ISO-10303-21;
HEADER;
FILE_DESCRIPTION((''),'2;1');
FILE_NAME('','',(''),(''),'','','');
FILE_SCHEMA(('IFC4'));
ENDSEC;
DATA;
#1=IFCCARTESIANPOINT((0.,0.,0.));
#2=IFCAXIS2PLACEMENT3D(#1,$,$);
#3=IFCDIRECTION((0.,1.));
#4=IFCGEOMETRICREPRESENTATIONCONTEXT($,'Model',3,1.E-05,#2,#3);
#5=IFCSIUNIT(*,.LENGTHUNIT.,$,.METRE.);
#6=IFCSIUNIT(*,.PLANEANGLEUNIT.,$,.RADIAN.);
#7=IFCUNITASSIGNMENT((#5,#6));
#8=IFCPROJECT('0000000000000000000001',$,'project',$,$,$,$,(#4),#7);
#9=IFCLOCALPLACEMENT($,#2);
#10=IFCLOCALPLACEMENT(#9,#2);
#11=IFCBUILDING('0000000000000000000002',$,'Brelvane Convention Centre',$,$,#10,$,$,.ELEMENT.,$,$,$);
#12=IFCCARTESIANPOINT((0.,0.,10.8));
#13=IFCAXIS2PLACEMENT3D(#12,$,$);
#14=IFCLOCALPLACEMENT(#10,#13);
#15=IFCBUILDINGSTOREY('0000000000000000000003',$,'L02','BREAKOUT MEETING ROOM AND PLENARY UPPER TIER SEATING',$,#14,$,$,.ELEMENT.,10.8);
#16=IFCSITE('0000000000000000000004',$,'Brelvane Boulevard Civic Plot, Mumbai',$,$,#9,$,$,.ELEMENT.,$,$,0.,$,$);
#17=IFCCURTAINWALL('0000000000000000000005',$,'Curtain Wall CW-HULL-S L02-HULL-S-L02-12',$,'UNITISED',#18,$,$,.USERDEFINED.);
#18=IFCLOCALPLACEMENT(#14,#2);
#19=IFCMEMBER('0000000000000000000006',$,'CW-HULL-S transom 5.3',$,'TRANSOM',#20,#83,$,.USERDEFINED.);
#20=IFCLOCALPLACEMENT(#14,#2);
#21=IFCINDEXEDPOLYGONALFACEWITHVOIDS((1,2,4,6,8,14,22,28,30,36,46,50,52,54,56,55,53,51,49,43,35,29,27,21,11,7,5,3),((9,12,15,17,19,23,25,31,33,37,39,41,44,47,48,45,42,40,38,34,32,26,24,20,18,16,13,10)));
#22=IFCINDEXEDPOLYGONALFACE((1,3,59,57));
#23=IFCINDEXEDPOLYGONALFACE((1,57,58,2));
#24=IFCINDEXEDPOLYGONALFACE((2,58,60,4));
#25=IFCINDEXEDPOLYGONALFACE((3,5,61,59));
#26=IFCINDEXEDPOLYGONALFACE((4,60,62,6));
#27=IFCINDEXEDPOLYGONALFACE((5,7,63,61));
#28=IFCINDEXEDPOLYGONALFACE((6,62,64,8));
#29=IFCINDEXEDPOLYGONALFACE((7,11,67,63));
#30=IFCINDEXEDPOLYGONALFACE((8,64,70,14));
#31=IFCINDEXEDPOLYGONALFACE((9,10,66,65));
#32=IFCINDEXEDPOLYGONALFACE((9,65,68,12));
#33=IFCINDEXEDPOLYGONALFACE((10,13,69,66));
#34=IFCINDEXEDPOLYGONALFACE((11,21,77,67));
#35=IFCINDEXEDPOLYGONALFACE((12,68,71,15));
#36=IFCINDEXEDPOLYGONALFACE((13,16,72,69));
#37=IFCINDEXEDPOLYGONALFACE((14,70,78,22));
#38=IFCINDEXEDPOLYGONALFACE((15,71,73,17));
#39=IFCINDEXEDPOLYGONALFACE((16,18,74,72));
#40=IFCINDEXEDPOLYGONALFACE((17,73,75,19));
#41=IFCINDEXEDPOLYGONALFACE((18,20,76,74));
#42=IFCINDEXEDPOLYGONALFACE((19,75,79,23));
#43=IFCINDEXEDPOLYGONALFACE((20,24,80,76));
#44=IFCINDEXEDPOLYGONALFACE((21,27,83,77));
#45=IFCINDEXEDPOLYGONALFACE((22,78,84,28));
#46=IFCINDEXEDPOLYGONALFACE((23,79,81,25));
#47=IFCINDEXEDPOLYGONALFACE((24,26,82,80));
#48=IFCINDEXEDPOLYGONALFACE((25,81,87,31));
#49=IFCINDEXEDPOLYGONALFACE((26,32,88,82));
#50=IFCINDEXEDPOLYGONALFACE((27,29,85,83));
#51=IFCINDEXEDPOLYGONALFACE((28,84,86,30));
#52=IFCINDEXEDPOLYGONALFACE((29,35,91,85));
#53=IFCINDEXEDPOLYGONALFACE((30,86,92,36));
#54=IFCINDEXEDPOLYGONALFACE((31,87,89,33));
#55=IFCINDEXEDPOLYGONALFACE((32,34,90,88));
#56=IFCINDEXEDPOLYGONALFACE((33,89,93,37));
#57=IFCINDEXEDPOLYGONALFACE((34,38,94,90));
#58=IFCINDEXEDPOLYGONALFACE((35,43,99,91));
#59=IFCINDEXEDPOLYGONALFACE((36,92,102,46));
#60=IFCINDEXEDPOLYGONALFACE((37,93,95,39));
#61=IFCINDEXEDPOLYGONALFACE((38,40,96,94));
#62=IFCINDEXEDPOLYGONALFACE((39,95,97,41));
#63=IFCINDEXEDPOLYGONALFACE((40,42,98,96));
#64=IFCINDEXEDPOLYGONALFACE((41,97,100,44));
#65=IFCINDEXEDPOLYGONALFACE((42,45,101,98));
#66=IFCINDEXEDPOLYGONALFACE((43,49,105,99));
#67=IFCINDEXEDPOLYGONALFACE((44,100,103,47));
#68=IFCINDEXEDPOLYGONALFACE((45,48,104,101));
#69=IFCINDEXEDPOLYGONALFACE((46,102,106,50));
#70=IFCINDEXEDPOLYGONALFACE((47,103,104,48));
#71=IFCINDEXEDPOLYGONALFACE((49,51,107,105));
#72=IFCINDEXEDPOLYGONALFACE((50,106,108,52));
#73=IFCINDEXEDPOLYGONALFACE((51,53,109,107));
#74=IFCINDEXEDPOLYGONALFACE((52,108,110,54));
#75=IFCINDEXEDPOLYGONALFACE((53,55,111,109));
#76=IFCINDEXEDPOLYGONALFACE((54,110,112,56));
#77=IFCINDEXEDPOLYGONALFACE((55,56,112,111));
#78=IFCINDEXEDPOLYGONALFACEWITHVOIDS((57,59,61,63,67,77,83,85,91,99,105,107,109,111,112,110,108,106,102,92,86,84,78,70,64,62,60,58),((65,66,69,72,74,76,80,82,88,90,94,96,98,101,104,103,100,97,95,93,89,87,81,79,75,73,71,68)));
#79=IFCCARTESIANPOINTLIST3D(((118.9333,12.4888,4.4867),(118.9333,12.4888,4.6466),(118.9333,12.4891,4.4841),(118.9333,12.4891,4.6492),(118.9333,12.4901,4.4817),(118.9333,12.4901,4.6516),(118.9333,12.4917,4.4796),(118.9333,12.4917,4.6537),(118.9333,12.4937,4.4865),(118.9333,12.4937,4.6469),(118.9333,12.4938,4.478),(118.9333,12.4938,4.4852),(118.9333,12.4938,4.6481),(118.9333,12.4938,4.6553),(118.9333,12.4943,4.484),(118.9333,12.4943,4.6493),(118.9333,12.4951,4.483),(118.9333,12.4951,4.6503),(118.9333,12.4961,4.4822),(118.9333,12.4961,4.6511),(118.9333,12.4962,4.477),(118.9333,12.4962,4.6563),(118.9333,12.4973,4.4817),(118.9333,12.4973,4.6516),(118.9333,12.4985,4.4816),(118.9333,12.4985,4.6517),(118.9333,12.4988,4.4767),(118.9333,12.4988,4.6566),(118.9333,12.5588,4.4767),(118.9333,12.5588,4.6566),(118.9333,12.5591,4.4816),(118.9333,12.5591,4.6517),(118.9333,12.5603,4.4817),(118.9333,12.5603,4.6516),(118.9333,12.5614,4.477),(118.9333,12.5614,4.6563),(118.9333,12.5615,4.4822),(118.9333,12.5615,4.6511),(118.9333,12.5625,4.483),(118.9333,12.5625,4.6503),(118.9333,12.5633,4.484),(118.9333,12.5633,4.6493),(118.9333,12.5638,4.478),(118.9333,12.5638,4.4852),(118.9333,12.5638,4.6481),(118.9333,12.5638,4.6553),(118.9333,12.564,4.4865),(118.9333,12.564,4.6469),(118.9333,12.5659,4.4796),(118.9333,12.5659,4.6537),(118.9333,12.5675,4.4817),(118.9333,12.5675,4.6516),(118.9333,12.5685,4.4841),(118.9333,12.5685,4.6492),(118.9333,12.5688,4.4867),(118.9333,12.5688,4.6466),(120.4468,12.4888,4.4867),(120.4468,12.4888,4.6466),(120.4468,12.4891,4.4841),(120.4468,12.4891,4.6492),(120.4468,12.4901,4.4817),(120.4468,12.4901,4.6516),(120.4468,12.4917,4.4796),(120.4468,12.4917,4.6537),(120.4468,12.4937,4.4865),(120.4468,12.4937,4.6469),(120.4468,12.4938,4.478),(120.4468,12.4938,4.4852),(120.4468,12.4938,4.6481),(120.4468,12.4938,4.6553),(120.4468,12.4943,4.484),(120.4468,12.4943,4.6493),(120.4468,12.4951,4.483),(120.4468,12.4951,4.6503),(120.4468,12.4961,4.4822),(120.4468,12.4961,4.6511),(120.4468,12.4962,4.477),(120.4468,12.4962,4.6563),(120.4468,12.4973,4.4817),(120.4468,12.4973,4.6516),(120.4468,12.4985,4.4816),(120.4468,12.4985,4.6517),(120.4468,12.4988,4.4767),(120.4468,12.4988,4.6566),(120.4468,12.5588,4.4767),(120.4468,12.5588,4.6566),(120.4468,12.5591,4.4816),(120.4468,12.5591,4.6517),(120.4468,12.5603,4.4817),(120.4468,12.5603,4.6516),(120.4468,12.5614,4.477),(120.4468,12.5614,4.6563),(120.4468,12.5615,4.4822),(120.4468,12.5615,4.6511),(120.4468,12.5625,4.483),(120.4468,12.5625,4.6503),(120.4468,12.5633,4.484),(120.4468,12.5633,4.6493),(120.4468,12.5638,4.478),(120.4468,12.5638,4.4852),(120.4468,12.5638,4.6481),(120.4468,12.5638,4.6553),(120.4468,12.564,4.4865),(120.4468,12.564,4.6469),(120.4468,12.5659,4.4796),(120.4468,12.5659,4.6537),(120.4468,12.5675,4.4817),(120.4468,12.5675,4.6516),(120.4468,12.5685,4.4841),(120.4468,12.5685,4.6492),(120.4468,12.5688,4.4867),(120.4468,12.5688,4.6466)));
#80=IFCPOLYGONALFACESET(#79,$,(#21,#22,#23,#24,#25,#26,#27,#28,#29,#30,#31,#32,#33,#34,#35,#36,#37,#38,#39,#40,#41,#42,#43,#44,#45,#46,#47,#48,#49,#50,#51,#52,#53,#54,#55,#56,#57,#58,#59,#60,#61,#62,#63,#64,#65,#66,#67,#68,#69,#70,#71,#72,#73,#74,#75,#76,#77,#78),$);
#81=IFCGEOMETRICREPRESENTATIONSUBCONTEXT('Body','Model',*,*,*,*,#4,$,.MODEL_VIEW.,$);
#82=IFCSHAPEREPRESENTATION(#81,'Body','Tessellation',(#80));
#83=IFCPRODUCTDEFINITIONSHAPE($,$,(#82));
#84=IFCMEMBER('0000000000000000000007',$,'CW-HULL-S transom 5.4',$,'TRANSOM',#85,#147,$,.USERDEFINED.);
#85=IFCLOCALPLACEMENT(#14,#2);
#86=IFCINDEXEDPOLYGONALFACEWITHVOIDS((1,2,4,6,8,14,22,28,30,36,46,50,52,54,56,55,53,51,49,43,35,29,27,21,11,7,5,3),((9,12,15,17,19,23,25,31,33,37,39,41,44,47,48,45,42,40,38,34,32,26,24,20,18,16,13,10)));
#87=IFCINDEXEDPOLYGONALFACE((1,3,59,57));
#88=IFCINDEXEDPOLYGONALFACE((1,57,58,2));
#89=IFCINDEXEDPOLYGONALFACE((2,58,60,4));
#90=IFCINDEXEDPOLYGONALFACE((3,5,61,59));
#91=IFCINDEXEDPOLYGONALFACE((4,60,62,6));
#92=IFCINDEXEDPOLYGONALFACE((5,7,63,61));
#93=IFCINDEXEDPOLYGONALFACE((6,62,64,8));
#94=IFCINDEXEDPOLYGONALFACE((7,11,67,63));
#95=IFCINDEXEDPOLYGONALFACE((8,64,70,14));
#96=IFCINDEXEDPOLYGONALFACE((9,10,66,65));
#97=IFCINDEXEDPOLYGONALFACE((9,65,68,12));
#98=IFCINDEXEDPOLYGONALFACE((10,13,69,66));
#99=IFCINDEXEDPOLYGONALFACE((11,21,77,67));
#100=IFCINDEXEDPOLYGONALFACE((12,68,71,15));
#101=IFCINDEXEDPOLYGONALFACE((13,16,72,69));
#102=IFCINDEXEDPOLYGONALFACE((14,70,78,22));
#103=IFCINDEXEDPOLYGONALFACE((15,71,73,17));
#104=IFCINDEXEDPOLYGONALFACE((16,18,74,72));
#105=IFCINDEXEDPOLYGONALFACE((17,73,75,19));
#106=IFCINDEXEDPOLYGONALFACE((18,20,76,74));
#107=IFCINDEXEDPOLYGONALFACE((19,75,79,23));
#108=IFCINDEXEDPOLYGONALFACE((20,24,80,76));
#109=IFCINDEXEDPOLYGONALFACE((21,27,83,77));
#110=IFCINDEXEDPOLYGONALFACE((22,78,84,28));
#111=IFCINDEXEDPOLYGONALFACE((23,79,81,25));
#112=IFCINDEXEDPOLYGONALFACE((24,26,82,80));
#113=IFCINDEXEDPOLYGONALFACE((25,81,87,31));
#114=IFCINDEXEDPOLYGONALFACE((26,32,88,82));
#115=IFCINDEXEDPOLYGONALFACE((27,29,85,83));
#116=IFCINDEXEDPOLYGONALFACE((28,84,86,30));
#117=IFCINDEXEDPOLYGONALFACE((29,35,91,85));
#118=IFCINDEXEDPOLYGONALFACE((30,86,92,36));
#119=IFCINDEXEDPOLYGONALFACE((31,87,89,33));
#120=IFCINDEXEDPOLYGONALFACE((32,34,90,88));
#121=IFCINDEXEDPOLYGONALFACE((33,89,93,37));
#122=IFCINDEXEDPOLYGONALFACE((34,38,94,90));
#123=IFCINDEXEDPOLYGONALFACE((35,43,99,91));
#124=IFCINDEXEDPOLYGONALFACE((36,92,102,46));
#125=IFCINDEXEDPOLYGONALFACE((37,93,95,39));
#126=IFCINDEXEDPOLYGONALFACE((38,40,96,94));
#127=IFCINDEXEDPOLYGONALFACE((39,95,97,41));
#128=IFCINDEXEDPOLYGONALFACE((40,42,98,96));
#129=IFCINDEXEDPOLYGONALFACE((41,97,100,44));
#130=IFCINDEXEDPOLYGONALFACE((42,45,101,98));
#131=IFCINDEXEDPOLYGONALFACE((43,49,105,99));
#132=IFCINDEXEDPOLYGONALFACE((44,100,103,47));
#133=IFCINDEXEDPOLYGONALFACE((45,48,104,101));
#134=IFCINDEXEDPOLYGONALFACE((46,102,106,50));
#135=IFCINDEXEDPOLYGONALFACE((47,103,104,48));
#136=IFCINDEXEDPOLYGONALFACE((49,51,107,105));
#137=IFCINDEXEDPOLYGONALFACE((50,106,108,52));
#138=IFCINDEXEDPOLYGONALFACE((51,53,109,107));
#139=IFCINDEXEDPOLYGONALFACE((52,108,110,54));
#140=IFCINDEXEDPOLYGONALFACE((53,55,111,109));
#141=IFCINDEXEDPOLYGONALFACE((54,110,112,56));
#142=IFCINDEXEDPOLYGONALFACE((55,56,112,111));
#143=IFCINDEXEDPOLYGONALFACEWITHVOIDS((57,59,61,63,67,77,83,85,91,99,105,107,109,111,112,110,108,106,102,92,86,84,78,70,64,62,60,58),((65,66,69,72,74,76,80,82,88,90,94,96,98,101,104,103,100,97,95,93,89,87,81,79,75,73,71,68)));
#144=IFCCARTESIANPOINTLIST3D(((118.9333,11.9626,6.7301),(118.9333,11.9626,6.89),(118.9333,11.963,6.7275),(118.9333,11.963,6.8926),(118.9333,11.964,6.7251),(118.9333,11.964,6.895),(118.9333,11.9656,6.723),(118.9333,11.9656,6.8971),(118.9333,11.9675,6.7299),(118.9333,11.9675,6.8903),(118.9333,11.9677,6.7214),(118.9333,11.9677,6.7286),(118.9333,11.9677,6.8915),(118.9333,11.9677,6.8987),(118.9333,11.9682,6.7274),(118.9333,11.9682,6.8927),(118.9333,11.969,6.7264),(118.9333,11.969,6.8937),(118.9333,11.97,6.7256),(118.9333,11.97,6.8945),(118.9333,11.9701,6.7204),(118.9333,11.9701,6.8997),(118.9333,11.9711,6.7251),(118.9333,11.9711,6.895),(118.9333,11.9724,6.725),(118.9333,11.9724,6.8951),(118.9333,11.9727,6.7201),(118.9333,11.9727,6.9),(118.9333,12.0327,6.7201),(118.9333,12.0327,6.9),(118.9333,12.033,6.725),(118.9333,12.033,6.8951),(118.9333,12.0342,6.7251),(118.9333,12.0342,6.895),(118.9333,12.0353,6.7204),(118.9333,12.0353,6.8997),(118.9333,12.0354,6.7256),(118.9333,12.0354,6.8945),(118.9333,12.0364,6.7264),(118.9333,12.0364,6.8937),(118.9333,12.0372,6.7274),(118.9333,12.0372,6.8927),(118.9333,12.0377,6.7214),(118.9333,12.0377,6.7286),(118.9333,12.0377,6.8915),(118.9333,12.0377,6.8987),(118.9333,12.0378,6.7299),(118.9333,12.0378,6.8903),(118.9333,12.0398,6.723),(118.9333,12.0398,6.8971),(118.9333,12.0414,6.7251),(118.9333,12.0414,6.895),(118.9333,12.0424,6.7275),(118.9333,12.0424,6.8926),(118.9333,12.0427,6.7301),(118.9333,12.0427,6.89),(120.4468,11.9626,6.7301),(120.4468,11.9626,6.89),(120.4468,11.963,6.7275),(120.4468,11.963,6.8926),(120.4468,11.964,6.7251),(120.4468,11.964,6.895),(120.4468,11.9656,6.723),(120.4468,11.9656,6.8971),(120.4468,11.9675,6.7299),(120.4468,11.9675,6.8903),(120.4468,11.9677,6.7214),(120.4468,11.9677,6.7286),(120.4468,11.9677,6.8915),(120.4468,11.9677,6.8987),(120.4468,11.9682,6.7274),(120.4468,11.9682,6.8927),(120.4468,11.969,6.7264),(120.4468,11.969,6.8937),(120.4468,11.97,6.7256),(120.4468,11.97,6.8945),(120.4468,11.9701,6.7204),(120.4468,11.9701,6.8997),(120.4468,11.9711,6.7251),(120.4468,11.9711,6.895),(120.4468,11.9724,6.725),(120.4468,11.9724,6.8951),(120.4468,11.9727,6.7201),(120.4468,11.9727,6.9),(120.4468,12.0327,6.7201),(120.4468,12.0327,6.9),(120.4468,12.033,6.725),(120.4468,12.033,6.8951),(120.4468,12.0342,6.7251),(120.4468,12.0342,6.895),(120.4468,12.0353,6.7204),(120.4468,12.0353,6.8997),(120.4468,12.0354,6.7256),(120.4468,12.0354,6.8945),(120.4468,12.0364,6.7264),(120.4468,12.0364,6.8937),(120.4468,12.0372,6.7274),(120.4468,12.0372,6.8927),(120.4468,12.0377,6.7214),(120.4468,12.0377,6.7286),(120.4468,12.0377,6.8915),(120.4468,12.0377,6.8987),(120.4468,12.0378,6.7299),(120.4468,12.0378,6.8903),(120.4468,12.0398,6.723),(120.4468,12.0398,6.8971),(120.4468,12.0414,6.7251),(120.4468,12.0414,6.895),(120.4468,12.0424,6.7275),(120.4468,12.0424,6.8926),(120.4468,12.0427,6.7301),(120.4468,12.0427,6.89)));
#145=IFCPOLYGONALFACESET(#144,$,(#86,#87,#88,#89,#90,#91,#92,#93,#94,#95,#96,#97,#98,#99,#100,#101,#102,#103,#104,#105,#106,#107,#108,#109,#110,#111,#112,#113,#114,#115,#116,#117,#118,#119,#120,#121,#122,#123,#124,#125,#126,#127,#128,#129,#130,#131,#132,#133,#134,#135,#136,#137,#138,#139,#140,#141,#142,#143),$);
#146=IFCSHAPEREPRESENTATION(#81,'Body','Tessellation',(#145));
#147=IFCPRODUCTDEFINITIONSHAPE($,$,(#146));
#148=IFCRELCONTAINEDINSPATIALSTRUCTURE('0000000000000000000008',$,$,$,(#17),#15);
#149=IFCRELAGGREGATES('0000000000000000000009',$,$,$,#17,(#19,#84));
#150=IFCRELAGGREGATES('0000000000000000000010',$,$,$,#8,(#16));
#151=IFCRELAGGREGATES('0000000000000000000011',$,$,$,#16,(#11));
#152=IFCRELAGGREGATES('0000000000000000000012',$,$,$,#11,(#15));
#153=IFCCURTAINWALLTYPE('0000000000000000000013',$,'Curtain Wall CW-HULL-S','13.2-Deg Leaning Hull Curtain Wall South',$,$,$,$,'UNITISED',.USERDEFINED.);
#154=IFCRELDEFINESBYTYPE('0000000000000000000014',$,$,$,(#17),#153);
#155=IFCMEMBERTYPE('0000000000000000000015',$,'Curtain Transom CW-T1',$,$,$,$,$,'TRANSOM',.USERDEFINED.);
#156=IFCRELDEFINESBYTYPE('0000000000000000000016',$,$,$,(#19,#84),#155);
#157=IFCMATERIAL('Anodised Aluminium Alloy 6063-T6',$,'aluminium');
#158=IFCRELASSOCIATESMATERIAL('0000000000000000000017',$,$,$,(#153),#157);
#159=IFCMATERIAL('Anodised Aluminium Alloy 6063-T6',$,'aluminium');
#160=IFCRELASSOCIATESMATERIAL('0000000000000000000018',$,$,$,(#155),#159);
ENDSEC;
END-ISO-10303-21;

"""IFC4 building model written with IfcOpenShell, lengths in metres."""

from ifc_helpers import new_model, si_unit, direction, frame, origin, origin_2d, place, context, subcontext, project, spatial, hollow_rectangle, extrude, material, material_profile, profile_set, type_object, element, aggregate, save


model = new_model("IFC4")

# Units and contexts
model_context = context("Model", 3, precision=1e-05, world=origin(), true_north=direction((0.0, 1.0)))
body_context = subcontext(model_context, "Body", "Model", "MODEL_VIEW")
ifc_project = project(units=[si_unit("LENGTHUNIT", "METRE"), si_unit("PLANEANGLEUNIT", "RADIAN")], contexts=[model_context])

# Site, building, storey
site_placement = place(None, origin())
site = spatial("IfcSite", under=ifc_project, at=site_placement, Name="Brelvane Boulevard Civic Plot, Mumbai", CompositionType="ELEMENT", RefElevation=0.0)
building_placement = place(site_placement, origin())
building = spatial("IfcBuilding", under=site, at=building_placement, Name="Brelvane Convention Centre", CompositionType="ELEMENT")
storey_placement = place(building_placement, frame((0.0, 0.0, 10.8)))
storey = spatial("IfcBuildingStorey", under=building, at=storey_placement, Name="L02", Description="BREAKOUT MEETING ROOM AND PLENARY UPPER TIER SEATING", CompositionType="ELEMENT", Elevation=10.8)

# Curtain wall, members
ifc_material_1 = material(Name="Anodised Aluminium Alloy 6063-T6", Category="aluminium")
curtain_wall_type = type_object("IfcCurtainWallType", Name="Curtain Wall CW-HULL-S", Description="13.2-Deg Leaning Hull Curtain Wall South", ElementType="UNITISED", PredefinedType="USERDEFINED", material=ifc_material_1)
curtain_wall_1_placement = place(storey_placement, origin())
curtain_wall_1 = element("IfcCurtainWall", 1, at=curtain_wall_1_placement, inside=storey, type_object=curtain_wall_type, Name="Curtain Wall CW-HULL-S L02-HULL-S-L02-12", ObjectType="UNITISED", PredefinedType="USERDEFINED")
ifc_material_2 = material(Name="Anodised Aluminium Alloy 6063-T6", Category="aluminium")
ifc_material_profile = material_profile(ifc_material_2, hollow_rectangle(XDim=0.0801, YDim=0.1799, WallThickness=0.0049, InnerFilletRadius=0.0049, OuterFilletRadius=0.01, at=origin_2d()), Name="ALU-T 180x80x5.0")
ifc_profile_set = profile_set([ifc_material_profile], Name="Anodised Aluminium Alloy 6063-T6")
member_type = type_object("IfcMemberType", Name="Curtain Transom CW-T1", ElementType="TRANSOM", PredefinedType="USERDEFINED", material=ifc_profile_set)
member_1_placement = place(storey_placement, frame((118.9333, 12.5288, 4.5667), z_axis=(1.0, 0.0, 0.0), x_axis=(0.0, 1.0, 0.0)))
member_1 = element("IfcMember", 2, at=member_1_placement, type_object=member_type, Name="CW-HULL-S transom 5.3", ObjectType="TRANSOM", PredefinedType="USERDEFINED", context=body_context, shape_type="SweptSolid", body=[
    extrude(hollow_rectangle(XDim=0.0801, YDim=0.1799, WallThickness=0.0049, InnerFilletRadius=0.0049, OuterFilletRadius=0.01, at=origin_2d()), origin(), (0.0, 0.0, 1.0), 1.5134),
])
member_2_placement = place(storey_placement, frame((118.9333, 12.0027, 6.8101), z_axis=(1.0, 0.0, 0.0), x_axis=(0.0, 1.0, 0.0)))
member_2 = element("IfcMember", 3, at=member_2_placement, type_object=member_type, Name="CW-HULL-S transom 5.4", ObjectType="TRANSOM", PredefinedType="USERDEFINED", context=body_context, shape_type="SweptSolid", body=[
    extrude(hollow_rectangle(XDim=0.0801, YDim=0.1799, WallThickness=0.0049, InnerFilletRadius=0.0049, OuterFilletRadius=0.01, at=origin_2d()), origin(), (0.0, 0.0, 1.0), 1.5134),
])

aggregate(curtain_wall_1, [member_1, member_2])

save(model, "model.ifc")
